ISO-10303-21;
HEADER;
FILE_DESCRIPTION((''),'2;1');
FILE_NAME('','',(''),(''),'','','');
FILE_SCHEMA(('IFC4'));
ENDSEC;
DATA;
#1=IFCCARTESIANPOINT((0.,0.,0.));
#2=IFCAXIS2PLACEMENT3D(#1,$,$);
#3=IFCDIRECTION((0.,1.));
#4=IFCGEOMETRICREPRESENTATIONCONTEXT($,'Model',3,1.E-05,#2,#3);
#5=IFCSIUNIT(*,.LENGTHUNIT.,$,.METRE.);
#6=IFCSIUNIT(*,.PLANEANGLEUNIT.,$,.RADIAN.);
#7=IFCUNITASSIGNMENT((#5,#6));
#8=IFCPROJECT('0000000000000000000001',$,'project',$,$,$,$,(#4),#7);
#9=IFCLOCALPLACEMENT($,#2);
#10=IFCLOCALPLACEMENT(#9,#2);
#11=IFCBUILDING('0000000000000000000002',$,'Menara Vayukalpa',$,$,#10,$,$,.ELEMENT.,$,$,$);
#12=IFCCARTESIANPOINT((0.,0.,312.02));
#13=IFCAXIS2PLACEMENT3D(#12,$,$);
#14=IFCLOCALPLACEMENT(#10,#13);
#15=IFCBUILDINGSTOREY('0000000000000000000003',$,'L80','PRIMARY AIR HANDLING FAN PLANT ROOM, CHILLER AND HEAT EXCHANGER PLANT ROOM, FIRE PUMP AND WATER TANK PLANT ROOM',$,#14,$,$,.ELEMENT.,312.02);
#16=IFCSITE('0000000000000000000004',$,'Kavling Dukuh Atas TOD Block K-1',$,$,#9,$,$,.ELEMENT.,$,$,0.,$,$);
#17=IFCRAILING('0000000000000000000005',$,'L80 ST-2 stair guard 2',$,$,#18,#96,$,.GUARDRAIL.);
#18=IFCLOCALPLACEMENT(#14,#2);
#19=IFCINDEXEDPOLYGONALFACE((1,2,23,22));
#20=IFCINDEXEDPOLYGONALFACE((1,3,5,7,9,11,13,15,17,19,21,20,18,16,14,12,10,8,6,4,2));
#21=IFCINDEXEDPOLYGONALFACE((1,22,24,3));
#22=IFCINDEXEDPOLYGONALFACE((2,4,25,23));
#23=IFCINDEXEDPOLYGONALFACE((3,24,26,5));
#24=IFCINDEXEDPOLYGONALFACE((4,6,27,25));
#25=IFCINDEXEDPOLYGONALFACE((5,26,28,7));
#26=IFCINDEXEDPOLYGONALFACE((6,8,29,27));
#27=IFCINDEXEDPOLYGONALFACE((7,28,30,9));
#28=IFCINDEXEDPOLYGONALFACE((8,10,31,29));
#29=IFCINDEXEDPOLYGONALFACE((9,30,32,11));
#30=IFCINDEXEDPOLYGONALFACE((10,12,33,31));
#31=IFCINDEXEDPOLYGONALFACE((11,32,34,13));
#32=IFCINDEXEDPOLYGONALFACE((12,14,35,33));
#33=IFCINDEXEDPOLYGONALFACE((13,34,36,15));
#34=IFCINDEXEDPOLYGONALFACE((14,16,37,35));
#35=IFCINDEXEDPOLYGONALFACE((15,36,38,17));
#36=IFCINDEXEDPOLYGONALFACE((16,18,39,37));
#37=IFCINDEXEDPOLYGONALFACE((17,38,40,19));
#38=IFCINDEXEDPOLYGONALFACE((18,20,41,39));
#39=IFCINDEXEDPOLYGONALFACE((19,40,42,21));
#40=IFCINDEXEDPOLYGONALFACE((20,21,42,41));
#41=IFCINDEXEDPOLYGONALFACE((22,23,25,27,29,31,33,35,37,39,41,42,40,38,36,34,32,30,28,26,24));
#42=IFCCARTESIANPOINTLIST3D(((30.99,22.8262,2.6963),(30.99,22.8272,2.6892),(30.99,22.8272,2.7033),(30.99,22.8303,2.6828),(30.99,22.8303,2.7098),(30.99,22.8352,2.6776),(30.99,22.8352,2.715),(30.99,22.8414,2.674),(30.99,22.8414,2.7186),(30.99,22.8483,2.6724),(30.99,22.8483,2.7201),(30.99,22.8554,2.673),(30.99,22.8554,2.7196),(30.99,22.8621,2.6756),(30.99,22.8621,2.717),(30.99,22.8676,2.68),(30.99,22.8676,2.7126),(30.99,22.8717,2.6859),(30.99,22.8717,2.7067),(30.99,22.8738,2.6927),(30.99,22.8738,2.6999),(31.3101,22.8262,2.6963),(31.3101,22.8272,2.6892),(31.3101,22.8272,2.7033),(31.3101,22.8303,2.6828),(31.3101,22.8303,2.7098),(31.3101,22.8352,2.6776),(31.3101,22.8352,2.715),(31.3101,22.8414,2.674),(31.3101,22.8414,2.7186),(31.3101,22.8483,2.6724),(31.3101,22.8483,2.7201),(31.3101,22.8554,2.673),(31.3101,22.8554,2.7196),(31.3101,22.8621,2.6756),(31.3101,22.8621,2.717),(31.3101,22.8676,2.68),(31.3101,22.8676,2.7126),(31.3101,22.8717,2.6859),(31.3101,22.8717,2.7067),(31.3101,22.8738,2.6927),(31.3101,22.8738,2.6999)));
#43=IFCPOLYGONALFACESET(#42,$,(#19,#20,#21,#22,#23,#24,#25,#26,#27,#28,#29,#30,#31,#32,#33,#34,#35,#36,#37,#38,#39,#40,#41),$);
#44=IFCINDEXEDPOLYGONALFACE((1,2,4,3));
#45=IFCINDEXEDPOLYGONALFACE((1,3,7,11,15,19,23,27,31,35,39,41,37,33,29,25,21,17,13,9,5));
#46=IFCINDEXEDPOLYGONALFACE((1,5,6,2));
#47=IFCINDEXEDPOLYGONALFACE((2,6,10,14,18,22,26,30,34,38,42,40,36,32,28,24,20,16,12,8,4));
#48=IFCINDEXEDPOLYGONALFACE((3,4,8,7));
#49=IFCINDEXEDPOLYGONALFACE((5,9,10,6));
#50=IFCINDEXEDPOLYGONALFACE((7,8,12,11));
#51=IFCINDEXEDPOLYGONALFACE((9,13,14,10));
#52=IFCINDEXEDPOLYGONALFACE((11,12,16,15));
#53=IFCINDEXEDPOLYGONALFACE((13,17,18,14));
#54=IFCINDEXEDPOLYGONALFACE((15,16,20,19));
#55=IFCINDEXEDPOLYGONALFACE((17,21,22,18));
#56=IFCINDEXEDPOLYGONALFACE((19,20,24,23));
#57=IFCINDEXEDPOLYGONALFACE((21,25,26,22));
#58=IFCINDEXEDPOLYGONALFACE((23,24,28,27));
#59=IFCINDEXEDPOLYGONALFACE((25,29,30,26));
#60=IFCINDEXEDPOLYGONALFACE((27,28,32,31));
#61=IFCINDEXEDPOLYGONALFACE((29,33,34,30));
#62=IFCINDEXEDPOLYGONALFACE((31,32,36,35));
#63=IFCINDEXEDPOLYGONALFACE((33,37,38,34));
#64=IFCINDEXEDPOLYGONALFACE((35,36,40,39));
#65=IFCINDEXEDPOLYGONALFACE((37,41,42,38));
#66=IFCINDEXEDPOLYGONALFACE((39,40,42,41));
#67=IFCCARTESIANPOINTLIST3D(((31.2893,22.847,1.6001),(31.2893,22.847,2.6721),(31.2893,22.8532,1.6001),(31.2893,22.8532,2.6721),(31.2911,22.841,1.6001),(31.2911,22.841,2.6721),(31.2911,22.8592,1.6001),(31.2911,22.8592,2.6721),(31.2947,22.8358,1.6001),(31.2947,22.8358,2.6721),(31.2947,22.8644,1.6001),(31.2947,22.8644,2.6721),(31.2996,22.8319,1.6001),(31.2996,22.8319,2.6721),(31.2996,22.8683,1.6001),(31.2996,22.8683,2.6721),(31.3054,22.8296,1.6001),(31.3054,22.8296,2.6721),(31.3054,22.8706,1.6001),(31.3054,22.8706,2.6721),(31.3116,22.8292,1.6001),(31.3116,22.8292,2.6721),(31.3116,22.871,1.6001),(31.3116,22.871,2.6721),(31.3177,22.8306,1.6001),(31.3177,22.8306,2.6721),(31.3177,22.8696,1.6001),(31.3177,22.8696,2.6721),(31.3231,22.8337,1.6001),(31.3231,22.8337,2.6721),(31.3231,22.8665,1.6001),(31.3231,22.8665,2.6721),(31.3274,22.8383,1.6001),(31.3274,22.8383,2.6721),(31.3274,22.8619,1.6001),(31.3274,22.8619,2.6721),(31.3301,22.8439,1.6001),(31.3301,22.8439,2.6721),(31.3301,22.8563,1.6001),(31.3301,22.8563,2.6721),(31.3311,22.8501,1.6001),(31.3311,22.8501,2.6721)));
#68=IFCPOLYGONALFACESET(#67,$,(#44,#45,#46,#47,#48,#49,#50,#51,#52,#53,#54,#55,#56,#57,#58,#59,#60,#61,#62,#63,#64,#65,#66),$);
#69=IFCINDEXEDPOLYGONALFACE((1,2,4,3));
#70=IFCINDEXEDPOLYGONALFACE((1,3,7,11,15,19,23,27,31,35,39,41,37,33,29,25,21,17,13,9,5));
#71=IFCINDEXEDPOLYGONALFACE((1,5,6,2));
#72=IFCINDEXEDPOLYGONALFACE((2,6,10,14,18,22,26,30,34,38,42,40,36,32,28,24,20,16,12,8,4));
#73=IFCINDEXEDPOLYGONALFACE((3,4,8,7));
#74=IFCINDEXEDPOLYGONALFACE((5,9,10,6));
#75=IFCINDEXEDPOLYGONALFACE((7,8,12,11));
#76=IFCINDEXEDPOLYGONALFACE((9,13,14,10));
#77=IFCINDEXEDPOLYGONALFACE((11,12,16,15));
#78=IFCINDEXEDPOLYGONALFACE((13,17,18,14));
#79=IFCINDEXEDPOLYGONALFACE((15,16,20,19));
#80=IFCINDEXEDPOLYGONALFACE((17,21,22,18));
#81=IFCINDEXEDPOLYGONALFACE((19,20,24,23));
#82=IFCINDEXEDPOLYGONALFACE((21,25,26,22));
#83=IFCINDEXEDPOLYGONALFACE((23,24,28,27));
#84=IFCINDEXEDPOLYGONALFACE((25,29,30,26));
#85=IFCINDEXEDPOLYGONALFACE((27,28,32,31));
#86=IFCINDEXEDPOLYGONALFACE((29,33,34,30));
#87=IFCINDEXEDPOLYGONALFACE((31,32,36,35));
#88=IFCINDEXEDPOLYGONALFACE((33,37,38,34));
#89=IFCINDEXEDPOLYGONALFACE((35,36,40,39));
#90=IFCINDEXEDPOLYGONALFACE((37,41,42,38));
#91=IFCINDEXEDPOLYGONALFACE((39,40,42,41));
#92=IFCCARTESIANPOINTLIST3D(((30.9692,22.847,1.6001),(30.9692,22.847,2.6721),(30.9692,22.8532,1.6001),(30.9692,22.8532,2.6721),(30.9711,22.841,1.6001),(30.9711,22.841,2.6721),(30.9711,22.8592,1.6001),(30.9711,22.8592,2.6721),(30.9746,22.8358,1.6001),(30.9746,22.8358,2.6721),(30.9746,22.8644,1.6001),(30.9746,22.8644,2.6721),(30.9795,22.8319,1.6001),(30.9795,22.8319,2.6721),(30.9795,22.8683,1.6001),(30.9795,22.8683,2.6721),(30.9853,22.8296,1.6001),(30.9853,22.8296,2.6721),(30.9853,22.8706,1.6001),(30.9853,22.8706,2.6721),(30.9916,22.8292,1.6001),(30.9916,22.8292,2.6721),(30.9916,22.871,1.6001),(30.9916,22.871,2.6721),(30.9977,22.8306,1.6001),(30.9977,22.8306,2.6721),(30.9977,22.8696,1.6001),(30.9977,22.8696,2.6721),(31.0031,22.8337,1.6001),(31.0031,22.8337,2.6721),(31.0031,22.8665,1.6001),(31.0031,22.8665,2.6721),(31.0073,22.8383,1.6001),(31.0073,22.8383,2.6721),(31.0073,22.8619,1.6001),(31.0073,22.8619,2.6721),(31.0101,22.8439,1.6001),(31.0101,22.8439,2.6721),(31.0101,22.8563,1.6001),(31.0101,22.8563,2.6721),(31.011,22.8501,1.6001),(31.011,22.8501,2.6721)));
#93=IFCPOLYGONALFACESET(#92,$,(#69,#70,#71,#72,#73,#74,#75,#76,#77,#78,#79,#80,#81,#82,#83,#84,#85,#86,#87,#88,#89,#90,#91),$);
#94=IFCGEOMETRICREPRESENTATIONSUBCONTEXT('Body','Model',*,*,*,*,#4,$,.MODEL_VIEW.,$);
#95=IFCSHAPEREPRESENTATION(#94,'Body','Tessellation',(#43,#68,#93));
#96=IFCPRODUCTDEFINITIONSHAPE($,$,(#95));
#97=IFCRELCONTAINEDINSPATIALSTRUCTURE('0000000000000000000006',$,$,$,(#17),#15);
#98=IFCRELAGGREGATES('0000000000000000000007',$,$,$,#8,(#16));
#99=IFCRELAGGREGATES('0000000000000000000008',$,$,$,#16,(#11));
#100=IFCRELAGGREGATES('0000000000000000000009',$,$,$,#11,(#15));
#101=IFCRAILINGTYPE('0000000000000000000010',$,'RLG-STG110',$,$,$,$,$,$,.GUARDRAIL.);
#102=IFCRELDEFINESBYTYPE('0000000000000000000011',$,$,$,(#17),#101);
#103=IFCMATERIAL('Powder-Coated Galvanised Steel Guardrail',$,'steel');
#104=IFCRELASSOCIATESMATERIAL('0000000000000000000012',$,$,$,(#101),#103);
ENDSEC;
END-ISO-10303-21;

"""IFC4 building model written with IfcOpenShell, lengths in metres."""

from ifc_helpers import new_model, si_unit, direction, frame, origin, origin_2d, place, context, subcontext, project, spatial, circle, extrude, material, type_object, element, save


model = new_model("IFC4")

# Units and contexts
model_context = context("Model", 3, precision=1e-05, world=origin(), true_north=direction((0.0, 1.0)))
body_context = subcontext(model_context, "Body", "Model", "MODEL_VIEW")
ifc_project = project(units=[si_unit("LENGTHUNIT", "METRE"), si_unit("PLANEANGLEUNIT", "RADIAN")], contexts=[model_context])

# Site, building, storey
site_placement = place(None, origin())
site = spatial("IfcSite", under=ifc_project, at=site_placement, Name="Kavling Dukuh Atas TOD Block K-1", CompositionType="ELEMENT", RefElevation=0.0)
building_placement = place(site_placement, origin())
building = spatial("IfcBuilding", under=site, at=building_placement, Name="Menara Vayukalpa", CompositionType="ELEMENT")
storey_placement = place(building_placement, frame((0.0, 0.0, 312.02)))
storey = spatial("IfcBuildingStorey", under=building, at=storey_placement, Name="L80", Description="PRIMARY AIR HANDLING FAN PLANT ROOM, CHILLER AND HEAT EXCHANGER PLANT ROOM, FIRE PUMP AND WATER TANK PLANT ROOM", CompositionType="ELEMENT", Elevation=312.02)

# Railing
ifc_material_1 = material(Name="Powder-Coated Galvanised Steel Guardrail", Category="steel")
railing_type = type_object("IfcRailingType", Name="RLG-STG110", PredefinedType="GUARDRAIL", material=ifc_material_1)
railing_1_placement = place(storey_placement, frame((31.3101, 22.8501, 1.6001)))
element("IfcRailing", 1, at=railing_1_placement, inside=storey, type_object=railing_type, Name="L80 ST-2 stair guard 2", PredefinedType="GUARDRAIL", context=body_context, shape_type="SweptSolid", body=[
    extrude(circle(Radius=0.0239, at=origin_2d()), frame((0.0, 0.0, 1.0962), z_axis=(-1.0, 0.0, 0.0), x_axis=(0.0, -1.0, 0.0)), (0.0, 0.0, 1.0), 0.3201),
    extrude(circle(Radius=0.021, at=origin_2d()), origin(), (0.0, 0.0, 1.0), 1.072),
    extrude(circle(Radius=0.021, at=origin_2d()), frame((-0.3201, 0.0, 0.0)), (0.0, 0.0, 1.0), 1.072),
])

save(model, "model.ifc")
